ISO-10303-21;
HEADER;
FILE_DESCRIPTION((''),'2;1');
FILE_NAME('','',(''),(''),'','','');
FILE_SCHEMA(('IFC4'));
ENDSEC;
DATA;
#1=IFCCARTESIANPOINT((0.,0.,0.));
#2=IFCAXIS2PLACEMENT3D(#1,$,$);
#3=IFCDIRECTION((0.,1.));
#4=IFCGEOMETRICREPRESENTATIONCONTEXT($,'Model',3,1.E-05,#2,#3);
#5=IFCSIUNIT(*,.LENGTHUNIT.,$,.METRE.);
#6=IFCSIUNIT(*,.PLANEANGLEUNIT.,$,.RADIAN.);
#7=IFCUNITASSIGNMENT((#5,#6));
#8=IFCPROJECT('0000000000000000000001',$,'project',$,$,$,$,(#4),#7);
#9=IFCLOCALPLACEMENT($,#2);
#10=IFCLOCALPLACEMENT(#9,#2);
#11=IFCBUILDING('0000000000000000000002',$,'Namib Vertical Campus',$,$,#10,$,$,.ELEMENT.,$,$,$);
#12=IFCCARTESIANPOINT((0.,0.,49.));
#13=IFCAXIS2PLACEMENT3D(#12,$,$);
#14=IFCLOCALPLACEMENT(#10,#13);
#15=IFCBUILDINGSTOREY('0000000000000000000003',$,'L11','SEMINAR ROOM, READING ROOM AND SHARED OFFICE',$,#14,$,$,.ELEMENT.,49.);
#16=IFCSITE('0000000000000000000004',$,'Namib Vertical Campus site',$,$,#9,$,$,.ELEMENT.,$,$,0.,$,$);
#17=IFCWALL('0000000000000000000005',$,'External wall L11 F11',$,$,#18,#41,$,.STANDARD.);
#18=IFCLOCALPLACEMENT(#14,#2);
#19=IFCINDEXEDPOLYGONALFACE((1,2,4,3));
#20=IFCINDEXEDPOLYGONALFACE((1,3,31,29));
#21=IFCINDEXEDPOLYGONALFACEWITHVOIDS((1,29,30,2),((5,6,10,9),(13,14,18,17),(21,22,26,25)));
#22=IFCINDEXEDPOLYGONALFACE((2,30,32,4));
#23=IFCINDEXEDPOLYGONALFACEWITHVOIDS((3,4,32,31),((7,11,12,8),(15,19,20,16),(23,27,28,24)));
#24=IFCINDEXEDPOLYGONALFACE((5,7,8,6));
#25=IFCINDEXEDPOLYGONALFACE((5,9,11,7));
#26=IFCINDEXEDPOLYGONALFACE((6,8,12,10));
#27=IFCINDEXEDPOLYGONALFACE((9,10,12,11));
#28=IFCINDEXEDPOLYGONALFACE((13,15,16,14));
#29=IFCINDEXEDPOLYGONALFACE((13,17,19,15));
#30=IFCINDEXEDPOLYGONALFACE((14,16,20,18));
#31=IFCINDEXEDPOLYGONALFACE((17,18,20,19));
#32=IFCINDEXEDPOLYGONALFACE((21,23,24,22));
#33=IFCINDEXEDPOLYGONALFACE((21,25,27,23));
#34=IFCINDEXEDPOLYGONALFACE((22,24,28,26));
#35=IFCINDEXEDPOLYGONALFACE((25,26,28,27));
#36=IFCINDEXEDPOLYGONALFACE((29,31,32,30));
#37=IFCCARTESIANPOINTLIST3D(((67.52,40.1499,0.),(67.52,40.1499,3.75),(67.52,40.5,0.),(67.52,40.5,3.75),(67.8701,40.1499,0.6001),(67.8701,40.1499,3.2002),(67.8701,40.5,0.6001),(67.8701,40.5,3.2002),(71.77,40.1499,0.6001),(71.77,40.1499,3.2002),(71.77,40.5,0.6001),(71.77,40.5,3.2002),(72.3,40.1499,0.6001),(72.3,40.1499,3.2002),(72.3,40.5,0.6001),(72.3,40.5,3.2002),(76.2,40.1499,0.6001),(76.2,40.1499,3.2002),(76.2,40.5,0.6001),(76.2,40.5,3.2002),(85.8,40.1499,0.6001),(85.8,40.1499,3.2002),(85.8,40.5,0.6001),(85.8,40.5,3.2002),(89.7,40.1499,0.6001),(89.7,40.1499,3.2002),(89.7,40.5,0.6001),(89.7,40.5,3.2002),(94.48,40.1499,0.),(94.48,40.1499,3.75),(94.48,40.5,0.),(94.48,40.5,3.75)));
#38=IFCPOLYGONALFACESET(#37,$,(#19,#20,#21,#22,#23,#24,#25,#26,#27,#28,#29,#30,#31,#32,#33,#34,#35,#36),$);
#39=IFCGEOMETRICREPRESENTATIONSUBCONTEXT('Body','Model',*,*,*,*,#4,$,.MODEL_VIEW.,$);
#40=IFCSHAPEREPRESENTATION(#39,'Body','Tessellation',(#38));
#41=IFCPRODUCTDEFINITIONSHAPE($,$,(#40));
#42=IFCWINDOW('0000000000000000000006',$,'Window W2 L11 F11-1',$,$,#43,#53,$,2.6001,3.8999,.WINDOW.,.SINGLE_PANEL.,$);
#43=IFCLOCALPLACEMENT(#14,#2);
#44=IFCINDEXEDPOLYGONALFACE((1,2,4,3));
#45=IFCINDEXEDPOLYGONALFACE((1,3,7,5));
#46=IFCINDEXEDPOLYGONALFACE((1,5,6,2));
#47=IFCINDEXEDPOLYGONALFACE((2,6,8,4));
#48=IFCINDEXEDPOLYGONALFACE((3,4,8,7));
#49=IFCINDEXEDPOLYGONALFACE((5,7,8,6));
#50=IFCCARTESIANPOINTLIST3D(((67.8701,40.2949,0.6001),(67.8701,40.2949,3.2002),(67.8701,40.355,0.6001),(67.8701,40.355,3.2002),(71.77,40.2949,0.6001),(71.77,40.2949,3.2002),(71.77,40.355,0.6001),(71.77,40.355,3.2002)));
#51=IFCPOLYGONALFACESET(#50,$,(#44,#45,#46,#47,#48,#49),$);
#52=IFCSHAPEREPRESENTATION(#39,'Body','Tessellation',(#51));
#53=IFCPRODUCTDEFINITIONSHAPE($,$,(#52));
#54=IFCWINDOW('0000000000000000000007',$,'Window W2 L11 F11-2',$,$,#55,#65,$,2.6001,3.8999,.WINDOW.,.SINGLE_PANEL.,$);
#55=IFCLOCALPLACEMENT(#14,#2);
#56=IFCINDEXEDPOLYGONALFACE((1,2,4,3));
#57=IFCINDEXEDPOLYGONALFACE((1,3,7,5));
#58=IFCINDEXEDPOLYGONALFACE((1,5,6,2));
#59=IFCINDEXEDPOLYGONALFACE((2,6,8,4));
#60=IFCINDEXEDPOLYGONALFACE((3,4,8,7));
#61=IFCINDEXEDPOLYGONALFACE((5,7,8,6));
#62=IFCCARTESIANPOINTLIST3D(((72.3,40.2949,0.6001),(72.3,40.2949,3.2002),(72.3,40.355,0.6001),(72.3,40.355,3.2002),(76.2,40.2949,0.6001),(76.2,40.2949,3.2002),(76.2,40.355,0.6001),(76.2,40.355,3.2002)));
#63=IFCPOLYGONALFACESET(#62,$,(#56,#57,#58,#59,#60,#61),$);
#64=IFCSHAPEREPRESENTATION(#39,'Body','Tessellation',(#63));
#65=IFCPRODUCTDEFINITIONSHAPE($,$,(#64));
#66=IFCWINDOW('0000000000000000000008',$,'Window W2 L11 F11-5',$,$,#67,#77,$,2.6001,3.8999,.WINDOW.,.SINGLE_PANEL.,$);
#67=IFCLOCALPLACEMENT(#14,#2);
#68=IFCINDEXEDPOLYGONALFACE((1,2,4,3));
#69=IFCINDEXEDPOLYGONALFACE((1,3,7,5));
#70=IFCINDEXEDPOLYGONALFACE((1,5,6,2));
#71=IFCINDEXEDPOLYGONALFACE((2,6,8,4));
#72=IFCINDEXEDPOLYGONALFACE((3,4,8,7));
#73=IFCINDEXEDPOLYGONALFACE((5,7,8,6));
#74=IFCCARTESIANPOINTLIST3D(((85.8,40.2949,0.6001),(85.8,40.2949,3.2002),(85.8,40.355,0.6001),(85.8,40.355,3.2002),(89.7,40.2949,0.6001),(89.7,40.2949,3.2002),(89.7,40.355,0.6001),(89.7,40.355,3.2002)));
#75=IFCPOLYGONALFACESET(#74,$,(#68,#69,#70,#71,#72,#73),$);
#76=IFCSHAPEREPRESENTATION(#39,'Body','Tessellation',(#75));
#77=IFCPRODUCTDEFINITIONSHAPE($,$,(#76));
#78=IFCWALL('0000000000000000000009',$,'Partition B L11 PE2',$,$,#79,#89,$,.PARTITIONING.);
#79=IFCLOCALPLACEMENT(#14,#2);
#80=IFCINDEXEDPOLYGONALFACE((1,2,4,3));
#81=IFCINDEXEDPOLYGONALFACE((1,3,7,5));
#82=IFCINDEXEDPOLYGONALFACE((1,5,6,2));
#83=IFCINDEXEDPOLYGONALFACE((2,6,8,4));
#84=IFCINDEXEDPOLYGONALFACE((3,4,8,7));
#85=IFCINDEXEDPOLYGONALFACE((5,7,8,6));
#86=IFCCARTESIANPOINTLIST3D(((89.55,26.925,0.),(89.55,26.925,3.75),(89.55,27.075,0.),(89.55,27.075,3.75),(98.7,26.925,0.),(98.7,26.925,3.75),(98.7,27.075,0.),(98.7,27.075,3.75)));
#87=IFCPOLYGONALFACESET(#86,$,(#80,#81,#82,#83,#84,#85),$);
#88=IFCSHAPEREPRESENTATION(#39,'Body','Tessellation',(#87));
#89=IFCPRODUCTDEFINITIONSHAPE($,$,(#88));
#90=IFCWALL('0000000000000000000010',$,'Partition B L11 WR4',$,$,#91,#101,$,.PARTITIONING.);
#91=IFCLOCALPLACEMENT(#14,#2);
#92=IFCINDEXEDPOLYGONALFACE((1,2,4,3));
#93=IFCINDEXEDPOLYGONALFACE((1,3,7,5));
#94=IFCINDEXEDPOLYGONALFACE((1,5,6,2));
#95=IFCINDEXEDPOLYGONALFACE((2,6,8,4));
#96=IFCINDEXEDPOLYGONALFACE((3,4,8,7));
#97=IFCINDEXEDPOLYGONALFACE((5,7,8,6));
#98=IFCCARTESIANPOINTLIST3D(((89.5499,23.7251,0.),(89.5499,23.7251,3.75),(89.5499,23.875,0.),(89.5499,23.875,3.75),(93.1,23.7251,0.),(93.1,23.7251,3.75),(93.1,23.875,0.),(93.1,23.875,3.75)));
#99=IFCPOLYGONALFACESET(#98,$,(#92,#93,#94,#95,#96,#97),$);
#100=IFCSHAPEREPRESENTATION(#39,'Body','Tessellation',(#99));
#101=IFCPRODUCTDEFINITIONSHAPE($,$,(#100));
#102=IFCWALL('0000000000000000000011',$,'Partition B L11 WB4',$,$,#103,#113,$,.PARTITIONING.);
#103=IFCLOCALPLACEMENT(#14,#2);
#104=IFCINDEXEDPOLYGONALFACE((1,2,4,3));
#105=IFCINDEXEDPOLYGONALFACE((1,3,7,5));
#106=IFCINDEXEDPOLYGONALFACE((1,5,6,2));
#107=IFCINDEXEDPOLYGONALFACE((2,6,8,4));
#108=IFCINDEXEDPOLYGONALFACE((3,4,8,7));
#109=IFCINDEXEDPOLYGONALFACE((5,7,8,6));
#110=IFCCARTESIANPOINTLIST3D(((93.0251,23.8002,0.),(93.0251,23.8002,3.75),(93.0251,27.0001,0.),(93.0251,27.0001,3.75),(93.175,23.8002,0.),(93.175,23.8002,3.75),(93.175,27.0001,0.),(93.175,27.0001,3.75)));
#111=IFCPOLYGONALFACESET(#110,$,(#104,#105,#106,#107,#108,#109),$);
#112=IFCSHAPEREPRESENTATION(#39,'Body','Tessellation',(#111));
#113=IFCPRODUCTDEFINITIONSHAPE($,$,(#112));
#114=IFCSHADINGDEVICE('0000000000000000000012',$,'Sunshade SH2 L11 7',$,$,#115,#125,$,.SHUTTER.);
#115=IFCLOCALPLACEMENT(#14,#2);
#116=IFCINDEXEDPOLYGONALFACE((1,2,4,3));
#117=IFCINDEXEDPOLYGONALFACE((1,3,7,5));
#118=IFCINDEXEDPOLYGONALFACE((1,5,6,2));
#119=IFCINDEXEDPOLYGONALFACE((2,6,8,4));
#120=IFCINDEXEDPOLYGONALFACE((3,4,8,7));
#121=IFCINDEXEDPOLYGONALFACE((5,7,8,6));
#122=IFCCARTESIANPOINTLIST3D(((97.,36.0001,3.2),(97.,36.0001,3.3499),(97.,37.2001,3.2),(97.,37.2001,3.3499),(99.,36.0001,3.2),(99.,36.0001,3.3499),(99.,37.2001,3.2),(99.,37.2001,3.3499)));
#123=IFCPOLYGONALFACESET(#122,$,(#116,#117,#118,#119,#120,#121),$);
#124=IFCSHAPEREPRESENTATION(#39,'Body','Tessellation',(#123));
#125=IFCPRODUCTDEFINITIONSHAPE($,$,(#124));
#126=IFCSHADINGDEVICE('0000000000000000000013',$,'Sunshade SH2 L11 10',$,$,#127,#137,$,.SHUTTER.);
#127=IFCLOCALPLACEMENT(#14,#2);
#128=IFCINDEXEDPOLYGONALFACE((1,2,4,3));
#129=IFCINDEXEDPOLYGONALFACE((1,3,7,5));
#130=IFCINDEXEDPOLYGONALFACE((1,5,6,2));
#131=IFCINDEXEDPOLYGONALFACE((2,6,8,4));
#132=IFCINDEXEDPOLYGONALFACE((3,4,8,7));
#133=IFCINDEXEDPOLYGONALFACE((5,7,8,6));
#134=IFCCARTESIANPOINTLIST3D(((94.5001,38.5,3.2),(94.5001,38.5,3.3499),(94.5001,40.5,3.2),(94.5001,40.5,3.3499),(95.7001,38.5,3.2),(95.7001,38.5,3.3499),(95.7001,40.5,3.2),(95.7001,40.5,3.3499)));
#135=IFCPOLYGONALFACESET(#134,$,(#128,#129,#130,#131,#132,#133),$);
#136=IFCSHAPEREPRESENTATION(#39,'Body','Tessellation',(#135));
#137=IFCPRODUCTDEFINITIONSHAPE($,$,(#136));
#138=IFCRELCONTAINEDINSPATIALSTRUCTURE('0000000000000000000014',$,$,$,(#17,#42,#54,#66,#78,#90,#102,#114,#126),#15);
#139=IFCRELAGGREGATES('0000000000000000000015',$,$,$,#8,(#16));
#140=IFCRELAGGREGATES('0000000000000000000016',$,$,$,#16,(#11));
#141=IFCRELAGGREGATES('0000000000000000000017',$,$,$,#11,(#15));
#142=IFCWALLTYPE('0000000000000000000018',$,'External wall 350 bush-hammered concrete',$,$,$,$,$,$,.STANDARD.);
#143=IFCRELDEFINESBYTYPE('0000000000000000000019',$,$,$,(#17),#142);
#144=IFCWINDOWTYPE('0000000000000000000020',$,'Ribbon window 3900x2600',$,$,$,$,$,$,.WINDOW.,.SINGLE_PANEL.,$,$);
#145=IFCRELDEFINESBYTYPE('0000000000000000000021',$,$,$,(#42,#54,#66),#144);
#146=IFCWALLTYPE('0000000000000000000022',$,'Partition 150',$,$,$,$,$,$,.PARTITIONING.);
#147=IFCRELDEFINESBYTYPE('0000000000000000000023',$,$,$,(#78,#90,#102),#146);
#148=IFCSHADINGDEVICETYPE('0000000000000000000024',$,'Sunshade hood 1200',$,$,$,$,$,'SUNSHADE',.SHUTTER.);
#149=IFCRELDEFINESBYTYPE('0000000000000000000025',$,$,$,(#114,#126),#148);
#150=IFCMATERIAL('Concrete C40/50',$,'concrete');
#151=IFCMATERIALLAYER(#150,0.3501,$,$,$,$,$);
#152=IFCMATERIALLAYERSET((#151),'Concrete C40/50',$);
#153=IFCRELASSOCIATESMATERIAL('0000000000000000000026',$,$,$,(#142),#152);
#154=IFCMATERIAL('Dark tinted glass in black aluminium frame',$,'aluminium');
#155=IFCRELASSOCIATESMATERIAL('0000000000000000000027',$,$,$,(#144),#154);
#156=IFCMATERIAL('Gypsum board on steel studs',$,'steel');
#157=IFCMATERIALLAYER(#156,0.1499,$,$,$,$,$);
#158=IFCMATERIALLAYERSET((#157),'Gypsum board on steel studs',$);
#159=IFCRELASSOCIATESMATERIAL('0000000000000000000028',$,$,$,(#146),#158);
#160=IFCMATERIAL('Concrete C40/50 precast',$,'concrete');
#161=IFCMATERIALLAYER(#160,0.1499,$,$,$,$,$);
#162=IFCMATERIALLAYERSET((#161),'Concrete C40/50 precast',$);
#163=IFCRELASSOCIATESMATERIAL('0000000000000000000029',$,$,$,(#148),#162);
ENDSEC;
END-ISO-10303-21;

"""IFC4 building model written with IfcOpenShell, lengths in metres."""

from ifc_helpers import new_model, si_unit, direction, frame, frame_2d, origin, origin_2d, place, context, subcontext, project, spatial, rectangle, extrude, material, layer, layer_set, type_object, element, fill, save


model = new_model("IFC4")

# Units and contexts
model_context = context("Model", 3, precision=1e-05, world=origin(), true_north=direction((0.0, 1.0)))
body_context = subcontext(model_context, "Body", "Model", "MODEL_VIEW")
ifc_project = project(units=[si_unit("LENGTHUNIT", "METRE"), si_unit("PLANEANGLEUNIT", "RADIAN")], contexts=[model_context])

# Site, building, storey
site_placement = place(None, origin())
site = spatial("IfcSite", under=ifc_project, at=site_placement, Name="Namib Vertical Campus site", CompositionType="ELEMENT", RefElevation=0.0)
building_placement = place(site_placement, origin())
building = spatial("IfcBuilding", under=site, at=building_placement, Name="Namib Vertical Campus", CompositionType="ELEMENT")
storey_placement = place(building_placement, frame((0.0, 0.0, 49.0)))
storey = spatial("IfcBuildingStorey", under=building, at=storey_placement, Name="L11", Description="SEMINAR ROOM, READING ROOM AND SHARED OFFICE", CompositionType="ELEMENT", Elevation=49.0)

# Shared definitions
ifc_material_1 = material(Name="Concrete C40/50", Category="concrete")
ifc_layer_1 = layer(ifc_material_1, 0.3501)
ifc_layer_set_1 = layer_set([ifc_layer_1], Name="Concrete C40/50")
wall_type_1 = type_object("IfcWallType", Name="External wall 350 bush-hammered concrete", PredefinedType="STANDARD", material=ifc_layer_set_1)

# Wall, openings, windows
wall_1_placement = place(storey_placement, frame((94.48, 40.325, 0.0), z_axis=(0.0, 0.0, 1.0), x_axis=(-1.0, 0.0, 0.0)))
wall_1 = element("IfcWall", 1, at=wall_1_placement, inside=storey, type_object=wall_type_1, Name="External wall L11 F11", PredefinedType="STANDARD", context=body_context, shape_type="SweptSolid", body=[
    extrude(rectangle(XDim=26.96, YDim=0.3501, at=frame_2d((13.48, 0.0))), origin(), (0.0, 0.0, 1.0), 3.75),
])
opening_1_placement = place(wall_1_placement, frame((22.71, 0.0, 0.6001)))
opening_1 = element("IfcOpeningElement", 2, at=opening_1_placement, cuts=wall_1, PredefinedType="OPENING", context=body_context, shape_type="SweptSolid", body=[
    extrude(rectangle(XDim=3.8999, YDim=2.6001, at=frame_2d((1.95, 1.3))), frame((0.0, 0.1851, 0.0), z_axis=(0.0, -1.0, 0.0), x_axis=(1.0, 0.0, 0.0)), (0.0, 0.0, 1.0), 0.3701),
])
opening_2_placement = place(wall_1_placement, frame((18.28, 0.0, 0.6001)))
opening_2 = element("IfcOpeningElement", 3, at=opening_2_placement, cuts=wall_1, PredefinedType="OPENING", context=body_context, shape_type="SweptSolid", body=[
    extrude(rectangle(XDim=3.8999, YDim=2.6001, at=frame_2d((1.95, 1.3))), frame((0.0, 0.1851, 0.0), z_axis=(0.0, -1.0, 0.0), x_axis=(1.0, 0.0, 0.0)), (0.0, 0.0, 1.0), 0.3701),
])
opening_3_placement = place(wall_1_placement, frame((4.78, 0.0, 0.6001)))
opening_3 = element("IfcOpeningElement", 4, at=opening_3_placement, cuts=wall_1, PredefinedType="OPENING", context=body_context, shape_type="SweptSolid", body=[
    extrude(rectangle(XDim=3.8999, YDim=2.6001, at=frame_2d((1.95, 1.3))), frame((0.0, 0.1851, 0.0), z_axis=(0.0, -1.0, 0.0), x_axis=(1.0, 0.0, 0.0)), (0.0, 0.0, 1.0), 0.3701),
])
ifc_material_2 = material(Name="Dark tinted glass in black aluminium frame", Category="aluminium")
window_type = type_object("IfcWindowType", Name="Ribbon window 3900x2600", PartitioningType="SINGLE_PANEL", PredefinedType="WINDOW", material=ifc_material_2)
window_1_placement = place(opening_1_placement, origin())
window_1 = element("IfcWindow", 5, at=window_1_placement, inside=storey, type_object=window_type, Name="Window W2 L11 F11-1", OverallHeight=2.6001, OverallWidth=3.8999, PartitioningType="SINGLE_PANEL", PredefinedType="WINDOW", context=body_context, shape_type="SweptSolid", body=[
    extrude(rectangle(XDim=3.8999, YDim=2.6001, at=frame_2d((1.95, 1.3))), frame((0.0, 0.03, 0.0), z_axis=(0.0, -1.0, 0.0), x_axis=(1.0, 0.0, 0.0)), (0.0, 0.0, 1.0), 0.0601),
])
fill(opening_1, window_1)
window_2_placement = place(opening_2_placement, origin())
window_2 = element("IfcWindow", 6, at=window_2_placement, inside=storey, type_object=window_type, Name="Window W2 L11 F11-2", OverallHeight=2.6001, OverallWidth=3.8999, PartitioningType="SINGLE_PANEL", PredefinedType="WINDOW", context=body_context, shape_type="SweptSolid", body=[
    extrude(rectangle(XDim=3.8999, YDim=2.6001, at=frame_2d((1.95, 1.3))), frame((0.0, 0.03, 0.0), z_axis=(0.0, -1.0, 0.0), x_axis=(1.0, 0.0, 0.0)), (0.0, 0.0, 1.0), 0.0601),
])
fill(opening_2, window_2)
window_3_placement = place(opening_3_placement, origin())
window_3 = element("IfcWindow", 7, at=window_3_placement, inside=storey, type_object=window_type, Name="Window W2 L11 F11-5", OverallHeight=2.6001, OverallWidth=3.8999, PartitioningType="SINGLE_PANEL", PredefinedType="WINDOW", context=body_context, shape_type="SweptSolid", body=[
    extrude(rectangle(XDim=3.8999, YDim=2.6001, at=frame_2d((1.95, 1.3))), frame((0.0, 0.03, 0.0), z_axis=(0.0, -1.0, 0.0), x_axis=(1.0, 0.0, 0.0)), (0.0, 0.0, 1.0), 0.0601),
])
fill(opening_3, window_3)

# Walls
ifc_material_3 = material(Name="Gypsum board on steel studs", Category="steel")
ifc_layer_2 = layer(ifc_material_3, 0.1499)
ifc_layer_set_2 = layer_set([ifc_layer_2], Name="Gypsum board on steel studs")
wall_type_2 = type_object("IfcWallType", Name="Partition 150", PredefinedType="PARTITIONING", material=ifc_layer_set_2)
wall_2_placement = place(storey_placement, frame((89.55, 27.0, 0.0), z_axis=(0.0, 0.0, 1.0), x_axis=(1.0, 0.0, 0.0)))
element("IfcWall", 8, at=wall_2_placement, inside=storey, type_object=wall_type_2, Name="Partition B L11 PE2", PredefinedType="PARTITIONING", context=body_context, shape_type="SweptSolid", body=[
    extrude(rectangle(XDim=9.1499, YDim=0.1499, at=frame_2d((4.575, 0.0))), origin(), (0.0, 0.0, 1.0), 3.75),
])
wall_3_placement = place(storey_placement, frame((89.55, 23.8, 0.0), z_axis=(0.0, 0.0, 1.0), x_axis=(1.0, 0.0, 0.0)))
element("IfcWall", 9, at=wall_3_placement, inside=storey, type_object=wall_type_2, Name="Partition B L11 WR4", PredefinedType="PARTITIONING", context=body_context, shape_type="SweptSolid", body=[
    extrude(rectangle(XDim=3.55, YDim=0.1499, at=frame_2d((1.7749, 0.0))), origin(), (0.0, 0.0, 1.0), 3.75),
])
wall_4_placement = place(storey_placement, frame((93.1001, 23.8, 0.0), z_axis=(0.0, 0.0, 1.0), x_axis=(0.0, 1.0, 0.0)))
element("IfcWall", 10, at=wall_4_placement, inside=storey, type_object=wall_type_2, Name="Partition B L11 WB4", PredefinedType="PARTITIONING", context=body_context, shape_type="SweptSolid", body=[
    extrude(rectangle(XDim=3.2, YDim=0.1499, at=frame_2d((1.6001, 0.0))), origin(), (0.0, 0.0, 1.0), 3.75),
])

# Shading devices
ifc_material_4 = material(Name="Concrete C40/50 precast", Category="concrete")
ifc_layer_3 = layer(ifc_material_4, 0.1499)
ifc_layer_set_3 = layer_set([ifc_layer_3], Name="Concrete C40/50 precast")
shading_device_type = type_object("IfcShadingDeviceType", Name="Sunshade hood 1200", ElementType="SUNSHADE", PredefinedType="SHUTTER", material=ifc_layer_set_3)
for number, where, z_axis, x_axis, name in (
    (11, (98.0, 36.6001, 3.2), (0.0, 0.0, 1.0), (-1.0, 0.0, 0.0), "Sunshade SH2 L11 7"),
    (12, (95.1001, 39.5, 3.2), (0.0, 0.0, 1.0), (0.0, 1.0, 0.0), "Sunshade SH2 L11 10"),
):
    element("IfcShadingDevice", number, at=place(storey_placement, frame(where, z_axis=z_axis, x_axis=x_axis)), inside=storey, type_object=shading_device_type, Name=name, PredefinedType="SHUTTER", context=body_context, shape_type="SweptSolid", body=[
        extrude(rectangle(XDim=2.0, YDim=1.2, at=origin_2d()), origin(), (0.0, 0.0, 1.0), 0.1499),
    ])

save(model, "model.ifc")
